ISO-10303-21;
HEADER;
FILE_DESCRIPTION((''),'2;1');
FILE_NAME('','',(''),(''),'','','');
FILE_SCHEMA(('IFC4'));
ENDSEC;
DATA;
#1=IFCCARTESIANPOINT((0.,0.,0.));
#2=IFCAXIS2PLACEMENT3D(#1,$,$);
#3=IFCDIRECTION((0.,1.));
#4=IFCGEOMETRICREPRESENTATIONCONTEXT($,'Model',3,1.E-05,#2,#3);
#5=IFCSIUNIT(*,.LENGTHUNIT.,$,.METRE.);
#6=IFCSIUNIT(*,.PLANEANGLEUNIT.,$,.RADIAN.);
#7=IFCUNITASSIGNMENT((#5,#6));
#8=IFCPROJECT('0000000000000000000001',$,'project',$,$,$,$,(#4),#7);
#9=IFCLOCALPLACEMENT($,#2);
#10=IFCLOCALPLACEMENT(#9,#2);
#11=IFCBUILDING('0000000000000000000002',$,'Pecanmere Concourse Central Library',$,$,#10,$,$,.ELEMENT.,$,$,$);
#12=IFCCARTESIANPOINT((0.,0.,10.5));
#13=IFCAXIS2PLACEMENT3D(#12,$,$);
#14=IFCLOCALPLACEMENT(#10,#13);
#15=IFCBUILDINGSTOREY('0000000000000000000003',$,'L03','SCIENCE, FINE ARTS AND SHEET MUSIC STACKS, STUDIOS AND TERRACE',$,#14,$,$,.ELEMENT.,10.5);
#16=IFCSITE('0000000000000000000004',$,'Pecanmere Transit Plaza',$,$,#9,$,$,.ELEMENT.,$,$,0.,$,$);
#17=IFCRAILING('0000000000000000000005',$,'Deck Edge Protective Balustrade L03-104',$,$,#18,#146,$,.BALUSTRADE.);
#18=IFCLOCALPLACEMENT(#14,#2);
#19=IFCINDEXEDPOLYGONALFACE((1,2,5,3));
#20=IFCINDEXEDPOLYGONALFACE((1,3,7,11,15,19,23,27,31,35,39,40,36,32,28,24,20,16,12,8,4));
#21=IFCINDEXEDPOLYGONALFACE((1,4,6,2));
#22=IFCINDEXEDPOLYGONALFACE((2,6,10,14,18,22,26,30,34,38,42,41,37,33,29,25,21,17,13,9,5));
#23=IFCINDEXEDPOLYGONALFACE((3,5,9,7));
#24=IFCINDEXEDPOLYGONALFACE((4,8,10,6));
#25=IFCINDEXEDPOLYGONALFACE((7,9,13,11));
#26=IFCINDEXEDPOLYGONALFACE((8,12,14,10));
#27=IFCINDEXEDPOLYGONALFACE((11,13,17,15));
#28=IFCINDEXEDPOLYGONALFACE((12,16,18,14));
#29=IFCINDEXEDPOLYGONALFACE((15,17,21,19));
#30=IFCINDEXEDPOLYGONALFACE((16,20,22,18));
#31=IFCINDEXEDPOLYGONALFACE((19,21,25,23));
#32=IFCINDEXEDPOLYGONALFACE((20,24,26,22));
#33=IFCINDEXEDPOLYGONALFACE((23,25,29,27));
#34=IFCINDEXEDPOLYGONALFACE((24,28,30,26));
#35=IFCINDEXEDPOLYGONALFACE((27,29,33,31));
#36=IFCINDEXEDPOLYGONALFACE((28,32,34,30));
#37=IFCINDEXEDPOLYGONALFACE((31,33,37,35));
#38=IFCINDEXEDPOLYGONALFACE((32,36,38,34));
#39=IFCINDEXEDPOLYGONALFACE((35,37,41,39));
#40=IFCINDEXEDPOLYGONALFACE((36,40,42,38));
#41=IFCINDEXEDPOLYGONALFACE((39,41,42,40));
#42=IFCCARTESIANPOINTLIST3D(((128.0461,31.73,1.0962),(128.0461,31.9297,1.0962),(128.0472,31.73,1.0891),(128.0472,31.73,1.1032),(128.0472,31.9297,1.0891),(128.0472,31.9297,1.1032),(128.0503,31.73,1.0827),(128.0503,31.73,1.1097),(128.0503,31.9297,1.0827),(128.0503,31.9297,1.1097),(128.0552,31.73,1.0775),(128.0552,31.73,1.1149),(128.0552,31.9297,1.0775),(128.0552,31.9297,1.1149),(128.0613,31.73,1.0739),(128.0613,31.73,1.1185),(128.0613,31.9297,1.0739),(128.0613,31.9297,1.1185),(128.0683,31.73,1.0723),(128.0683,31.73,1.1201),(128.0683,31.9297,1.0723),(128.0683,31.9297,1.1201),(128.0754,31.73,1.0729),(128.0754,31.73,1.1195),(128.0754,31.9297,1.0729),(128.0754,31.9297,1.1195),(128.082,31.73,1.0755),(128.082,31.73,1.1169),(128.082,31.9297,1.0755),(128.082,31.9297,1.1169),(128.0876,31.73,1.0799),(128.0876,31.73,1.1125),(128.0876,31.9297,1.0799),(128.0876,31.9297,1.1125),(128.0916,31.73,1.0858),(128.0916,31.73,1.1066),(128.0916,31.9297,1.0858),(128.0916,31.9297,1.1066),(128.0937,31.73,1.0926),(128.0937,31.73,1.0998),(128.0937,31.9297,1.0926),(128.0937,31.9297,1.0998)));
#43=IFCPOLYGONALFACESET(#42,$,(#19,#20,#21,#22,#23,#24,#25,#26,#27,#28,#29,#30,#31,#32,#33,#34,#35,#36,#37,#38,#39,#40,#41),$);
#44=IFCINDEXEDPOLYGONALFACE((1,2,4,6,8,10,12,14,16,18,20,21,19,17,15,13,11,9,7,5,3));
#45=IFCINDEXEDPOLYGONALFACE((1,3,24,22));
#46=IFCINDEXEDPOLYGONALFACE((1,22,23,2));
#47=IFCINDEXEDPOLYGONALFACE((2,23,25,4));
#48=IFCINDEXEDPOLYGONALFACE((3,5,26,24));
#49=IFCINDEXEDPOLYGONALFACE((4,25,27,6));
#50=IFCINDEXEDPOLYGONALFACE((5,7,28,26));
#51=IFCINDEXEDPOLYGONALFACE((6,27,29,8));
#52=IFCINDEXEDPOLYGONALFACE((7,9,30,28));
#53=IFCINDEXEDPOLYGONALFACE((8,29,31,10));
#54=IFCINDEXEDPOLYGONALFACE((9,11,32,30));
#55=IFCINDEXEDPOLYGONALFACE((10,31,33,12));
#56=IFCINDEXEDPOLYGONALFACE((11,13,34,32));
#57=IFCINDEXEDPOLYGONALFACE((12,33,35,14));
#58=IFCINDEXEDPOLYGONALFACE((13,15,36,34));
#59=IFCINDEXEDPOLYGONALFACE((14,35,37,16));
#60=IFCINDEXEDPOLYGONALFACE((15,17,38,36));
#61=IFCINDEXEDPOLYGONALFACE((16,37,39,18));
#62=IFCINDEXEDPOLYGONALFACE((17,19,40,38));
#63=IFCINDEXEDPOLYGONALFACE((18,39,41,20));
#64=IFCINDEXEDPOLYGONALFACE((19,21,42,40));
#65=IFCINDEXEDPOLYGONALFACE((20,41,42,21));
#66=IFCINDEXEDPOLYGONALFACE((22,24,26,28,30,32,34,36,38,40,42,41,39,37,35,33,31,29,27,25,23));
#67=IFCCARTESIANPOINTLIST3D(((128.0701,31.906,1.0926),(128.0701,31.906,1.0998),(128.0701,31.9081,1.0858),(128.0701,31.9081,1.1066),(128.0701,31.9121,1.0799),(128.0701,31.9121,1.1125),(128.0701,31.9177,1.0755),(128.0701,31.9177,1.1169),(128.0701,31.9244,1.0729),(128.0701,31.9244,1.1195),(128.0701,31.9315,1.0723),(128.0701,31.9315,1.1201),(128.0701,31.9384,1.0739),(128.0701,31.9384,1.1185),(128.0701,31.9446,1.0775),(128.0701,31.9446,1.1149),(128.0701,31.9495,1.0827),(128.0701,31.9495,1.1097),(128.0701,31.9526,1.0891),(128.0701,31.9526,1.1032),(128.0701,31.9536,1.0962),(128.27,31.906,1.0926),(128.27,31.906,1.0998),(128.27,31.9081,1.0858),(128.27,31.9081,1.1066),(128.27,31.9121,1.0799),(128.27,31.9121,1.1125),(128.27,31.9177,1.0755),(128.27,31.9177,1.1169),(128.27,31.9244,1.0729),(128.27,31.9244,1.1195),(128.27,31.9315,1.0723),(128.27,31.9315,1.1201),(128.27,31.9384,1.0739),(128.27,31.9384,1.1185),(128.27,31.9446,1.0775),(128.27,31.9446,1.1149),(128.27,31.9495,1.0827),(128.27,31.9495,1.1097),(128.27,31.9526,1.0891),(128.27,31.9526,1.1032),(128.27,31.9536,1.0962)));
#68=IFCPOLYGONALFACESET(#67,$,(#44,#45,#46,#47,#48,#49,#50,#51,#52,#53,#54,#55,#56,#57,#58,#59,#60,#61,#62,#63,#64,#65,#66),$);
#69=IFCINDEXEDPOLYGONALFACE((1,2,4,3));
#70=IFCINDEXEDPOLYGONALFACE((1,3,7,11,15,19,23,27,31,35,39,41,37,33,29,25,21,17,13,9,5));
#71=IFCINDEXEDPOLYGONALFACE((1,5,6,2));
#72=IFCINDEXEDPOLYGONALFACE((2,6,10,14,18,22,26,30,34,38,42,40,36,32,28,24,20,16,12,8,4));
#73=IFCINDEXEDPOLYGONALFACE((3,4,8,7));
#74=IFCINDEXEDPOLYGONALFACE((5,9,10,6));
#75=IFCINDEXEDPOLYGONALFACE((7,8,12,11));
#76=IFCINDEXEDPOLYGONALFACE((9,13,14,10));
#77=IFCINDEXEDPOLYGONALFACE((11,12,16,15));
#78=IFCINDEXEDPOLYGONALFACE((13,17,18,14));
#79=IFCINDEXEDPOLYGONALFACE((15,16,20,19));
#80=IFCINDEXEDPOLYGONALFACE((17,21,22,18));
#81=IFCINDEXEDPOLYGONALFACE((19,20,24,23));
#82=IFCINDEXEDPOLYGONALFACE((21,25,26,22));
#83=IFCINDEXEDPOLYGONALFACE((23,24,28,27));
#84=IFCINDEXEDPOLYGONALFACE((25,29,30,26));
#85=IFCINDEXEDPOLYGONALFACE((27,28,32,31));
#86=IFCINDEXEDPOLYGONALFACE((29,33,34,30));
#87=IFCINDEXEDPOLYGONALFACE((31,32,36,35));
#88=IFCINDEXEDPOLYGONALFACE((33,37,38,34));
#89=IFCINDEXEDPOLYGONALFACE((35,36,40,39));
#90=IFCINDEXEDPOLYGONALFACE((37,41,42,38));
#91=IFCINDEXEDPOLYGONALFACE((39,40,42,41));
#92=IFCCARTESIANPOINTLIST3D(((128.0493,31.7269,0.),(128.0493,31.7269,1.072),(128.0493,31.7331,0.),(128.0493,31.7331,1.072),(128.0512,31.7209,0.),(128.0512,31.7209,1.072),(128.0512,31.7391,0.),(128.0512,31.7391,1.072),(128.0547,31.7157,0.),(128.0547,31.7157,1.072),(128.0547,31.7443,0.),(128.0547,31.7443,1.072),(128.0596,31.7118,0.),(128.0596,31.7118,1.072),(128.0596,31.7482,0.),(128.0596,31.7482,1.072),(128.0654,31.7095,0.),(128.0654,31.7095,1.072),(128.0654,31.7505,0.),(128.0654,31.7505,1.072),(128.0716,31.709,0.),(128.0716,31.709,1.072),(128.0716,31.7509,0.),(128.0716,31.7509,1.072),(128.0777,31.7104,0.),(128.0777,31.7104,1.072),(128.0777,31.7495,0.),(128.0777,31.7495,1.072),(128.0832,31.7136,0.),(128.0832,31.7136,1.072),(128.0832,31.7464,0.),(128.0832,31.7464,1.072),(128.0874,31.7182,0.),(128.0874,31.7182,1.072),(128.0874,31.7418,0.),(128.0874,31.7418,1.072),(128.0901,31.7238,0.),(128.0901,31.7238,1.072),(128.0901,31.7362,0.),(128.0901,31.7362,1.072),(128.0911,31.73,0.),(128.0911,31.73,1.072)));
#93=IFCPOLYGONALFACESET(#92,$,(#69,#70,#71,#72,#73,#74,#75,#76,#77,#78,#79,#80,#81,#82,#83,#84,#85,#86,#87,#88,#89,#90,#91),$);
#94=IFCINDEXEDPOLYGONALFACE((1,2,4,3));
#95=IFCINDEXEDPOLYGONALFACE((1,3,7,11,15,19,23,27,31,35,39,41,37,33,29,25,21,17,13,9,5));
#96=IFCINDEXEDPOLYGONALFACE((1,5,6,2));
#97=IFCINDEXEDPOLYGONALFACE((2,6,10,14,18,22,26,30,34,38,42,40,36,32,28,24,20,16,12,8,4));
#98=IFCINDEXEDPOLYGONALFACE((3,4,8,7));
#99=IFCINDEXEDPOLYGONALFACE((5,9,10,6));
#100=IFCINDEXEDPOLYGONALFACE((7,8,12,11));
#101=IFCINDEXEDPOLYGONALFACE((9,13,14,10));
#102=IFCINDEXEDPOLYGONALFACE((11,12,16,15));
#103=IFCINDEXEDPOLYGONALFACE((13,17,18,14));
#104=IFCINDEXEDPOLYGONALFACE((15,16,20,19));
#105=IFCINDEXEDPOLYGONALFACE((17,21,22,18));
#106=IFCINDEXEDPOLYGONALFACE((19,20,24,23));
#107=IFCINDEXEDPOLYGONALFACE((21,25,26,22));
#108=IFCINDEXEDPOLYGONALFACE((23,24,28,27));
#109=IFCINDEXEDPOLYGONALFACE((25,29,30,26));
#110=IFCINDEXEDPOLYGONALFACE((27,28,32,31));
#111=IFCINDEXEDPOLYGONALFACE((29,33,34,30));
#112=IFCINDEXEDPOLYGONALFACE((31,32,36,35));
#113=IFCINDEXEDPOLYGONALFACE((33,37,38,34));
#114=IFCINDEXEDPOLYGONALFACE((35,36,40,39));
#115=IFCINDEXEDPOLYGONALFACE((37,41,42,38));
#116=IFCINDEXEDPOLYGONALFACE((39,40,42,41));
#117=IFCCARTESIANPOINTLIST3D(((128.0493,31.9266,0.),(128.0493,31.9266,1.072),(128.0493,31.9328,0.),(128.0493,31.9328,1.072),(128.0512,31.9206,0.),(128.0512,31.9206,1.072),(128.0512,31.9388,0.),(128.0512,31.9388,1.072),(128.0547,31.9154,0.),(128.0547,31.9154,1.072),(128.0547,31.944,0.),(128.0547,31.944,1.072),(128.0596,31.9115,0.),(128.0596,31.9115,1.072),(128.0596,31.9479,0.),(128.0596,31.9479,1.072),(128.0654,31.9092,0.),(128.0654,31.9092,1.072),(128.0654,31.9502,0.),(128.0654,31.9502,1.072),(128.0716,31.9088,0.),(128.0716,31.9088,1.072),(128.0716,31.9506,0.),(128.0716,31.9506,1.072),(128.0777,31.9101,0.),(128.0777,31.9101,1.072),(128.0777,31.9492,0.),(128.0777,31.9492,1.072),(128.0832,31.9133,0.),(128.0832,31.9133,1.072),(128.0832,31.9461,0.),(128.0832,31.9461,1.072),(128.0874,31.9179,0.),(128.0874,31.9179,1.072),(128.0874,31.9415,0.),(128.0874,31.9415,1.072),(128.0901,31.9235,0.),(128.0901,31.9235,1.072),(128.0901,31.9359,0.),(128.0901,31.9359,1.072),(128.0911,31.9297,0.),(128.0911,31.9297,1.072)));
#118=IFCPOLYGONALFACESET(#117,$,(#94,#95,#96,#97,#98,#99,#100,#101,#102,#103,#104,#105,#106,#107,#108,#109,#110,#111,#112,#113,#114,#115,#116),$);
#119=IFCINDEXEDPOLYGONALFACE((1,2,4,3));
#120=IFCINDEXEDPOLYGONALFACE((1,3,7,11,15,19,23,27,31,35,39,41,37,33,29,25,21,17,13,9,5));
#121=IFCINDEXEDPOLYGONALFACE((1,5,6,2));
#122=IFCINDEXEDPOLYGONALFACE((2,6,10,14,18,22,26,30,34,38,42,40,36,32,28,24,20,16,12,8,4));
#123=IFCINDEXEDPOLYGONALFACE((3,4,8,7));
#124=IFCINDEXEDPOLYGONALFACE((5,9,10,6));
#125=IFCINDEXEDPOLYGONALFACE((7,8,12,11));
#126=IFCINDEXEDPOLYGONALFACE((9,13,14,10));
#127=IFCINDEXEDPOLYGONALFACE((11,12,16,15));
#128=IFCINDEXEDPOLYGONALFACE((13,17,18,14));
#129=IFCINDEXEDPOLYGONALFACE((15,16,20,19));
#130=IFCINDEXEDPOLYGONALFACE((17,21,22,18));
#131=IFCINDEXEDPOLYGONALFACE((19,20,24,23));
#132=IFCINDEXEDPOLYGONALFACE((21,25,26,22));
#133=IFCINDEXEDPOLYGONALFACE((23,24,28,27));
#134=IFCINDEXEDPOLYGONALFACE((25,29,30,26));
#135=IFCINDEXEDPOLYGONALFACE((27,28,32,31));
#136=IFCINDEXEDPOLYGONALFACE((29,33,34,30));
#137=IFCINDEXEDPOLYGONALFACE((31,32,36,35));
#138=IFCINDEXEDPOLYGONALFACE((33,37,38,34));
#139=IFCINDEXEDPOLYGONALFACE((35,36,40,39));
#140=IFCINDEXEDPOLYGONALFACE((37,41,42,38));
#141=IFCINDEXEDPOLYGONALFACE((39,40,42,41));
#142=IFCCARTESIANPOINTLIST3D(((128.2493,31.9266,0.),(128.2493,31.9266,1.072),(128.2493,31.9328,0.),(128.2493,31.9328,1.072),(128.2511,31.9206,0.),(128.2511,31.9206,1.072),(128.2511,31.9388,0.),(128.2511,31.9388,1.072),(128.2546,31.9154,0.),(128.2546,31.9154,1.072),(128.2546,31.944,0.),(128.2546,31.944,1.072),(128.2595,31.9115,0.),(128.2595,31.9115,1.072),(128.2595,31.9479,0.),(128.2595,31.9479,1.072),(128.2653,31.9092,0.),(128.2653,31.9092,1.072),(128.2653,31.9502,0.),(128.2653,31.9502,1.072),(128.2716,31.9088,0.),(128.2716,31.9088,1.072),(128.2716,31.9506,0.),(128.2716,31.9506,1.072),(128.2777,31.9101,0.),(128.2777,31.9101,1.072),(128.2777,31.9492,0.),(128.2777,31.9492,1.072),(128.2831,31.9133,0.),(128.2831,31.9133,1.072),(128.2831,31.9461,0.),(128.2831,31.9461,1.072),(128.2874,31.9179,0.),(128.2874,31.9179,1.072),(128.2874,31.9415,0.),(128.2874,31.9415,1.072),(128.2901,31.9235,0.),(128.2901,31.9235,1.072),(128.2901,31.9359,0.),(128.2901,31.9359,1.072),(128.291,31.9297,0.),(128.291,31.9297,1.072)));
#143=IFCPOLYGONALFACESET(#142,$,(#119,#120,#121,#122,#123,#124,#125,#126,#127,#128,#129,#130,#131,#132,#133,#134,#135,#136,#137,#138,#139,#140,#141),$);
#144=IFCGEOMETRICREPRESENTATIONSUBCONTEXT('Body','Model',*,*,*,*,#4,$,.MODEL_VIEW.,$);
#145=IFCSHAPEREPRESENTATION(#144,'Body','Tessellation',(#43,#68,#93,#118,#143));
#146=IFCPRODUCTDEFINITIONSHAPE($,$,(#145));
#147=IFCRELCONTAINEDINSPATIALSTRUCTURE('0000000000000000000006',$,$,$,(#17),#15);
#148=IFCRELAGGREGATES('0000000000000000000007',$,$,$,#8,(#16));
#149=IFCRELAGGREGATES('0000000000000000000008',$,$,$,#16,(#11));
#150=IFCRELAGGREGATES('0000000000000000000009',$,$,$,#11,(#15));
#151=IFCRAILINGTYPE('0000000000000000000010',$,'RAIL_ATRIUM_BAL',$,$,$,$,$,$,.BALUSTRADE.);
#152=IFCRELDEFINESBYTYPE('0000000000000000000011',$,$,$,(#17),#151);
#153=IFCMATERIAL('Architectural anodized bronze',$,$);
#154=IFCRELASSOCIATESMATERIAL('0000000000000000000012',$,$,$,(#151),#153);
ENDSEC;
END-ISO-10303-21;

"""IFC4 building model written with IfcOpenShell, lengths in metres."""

from ifc_helpers import new_model, si_unit, direction, frame, origin, origin_2d, place, context, subcontext, project, spatial, circle, extrude, material, type_object, element, save


model = new_model("IFC4")

# Units and contexts
model_context = context("Model", 3, precision=1e-05, world=origin(), true_north=direction((0.0, 1.0)))
body_context = subcontext(model_context, "Body", "Model", "MODEL_VIEW")
ifc_project = project(units=[si_unit("LENGTHUNIT", "METRE"), si_unit("PLANEANGLEUNIT", "RADIAN")], contexts=[model_context])

# Site, building, storey
site_placement = place(None, origin())
site = spatial("IfcSite", under=ifc_project, at=site_placement, Name="Pecanmere Transit Plaza", CompositionType="ELEMENT", RefElevation=0.0)
building_placement = place(site_placement, origin())
building = spatial("IfcBuilding", under=site, at=building_placement, Name="Pecanmere Concourse Central Library", CompositionType="ELEMENT")
storey_placement = place(building_placement, frame((0.0, 0.0, 10.5)))
storey = spatial("IfcBuildingStorey", under=building, at=storey_placement, Name="L03", Description="SCIENCE, FINE ARTS AND SHEET MUSIC STACKS, STUDIOS AND TERRACE", CompositionType="ELEMENT", Elevation=10.5)

# Railing
ifc_material_1 = material(Name="Architectural anodized bronze")
railing_type = type_object("IfcRailingType", Name="RAIL_ATRIUM_BAL", PredefinedType="BALUSTRADE", material=ifc_material_1)
railing_1_placement = place(storey_placement, frame((128.0701, 31.73, 0.0)))
element("IfcRailing", 1, at=railing_1_placement, inside=storey, type_object=railing_type, Name="Deck Edge Protective Balustrade L03-104", PredefinedType="BALUSTRADE", context=body_context, shape_type="SweptSolid", body=[
    extrude(circle(Radius=0.0239, at=origin_2d()), frame((0.0, 0.0, 1.0962), z_axis=(0.0, 1.0, 0.0), x_axis=(-1.0, 0.0, 0.0)), (0.0, 0.0, 1.0), 0.1997),
    extrude(circle(Radius=0.0239, at=origin_2d()), frame((0.0, 0.1997, 1.0962), z_axis=(1.0, 0.0, 0.0), x_axis=(0.0, 1.0, 0.0)), (0.0, 0.0, 1.0), 0.2),
    extrude(circle(Radius=0.021, at=origin_2d()), origin(), (0.0, 0.0, 1.0), 1.072),
    extrude(circle(Radius=0.021, at=origin_2d()), frame((0.0, 0.1997, 0.0)), (0.0, 0.0, 1.0), 1.072),
    extrude(circle(Radius=0.021, at=origin_2d()), frame((0.2, 0.1997, 0.0)), (0.0, 0.0, 1.0), 1.072),
])

save(model, "model.ifc")
